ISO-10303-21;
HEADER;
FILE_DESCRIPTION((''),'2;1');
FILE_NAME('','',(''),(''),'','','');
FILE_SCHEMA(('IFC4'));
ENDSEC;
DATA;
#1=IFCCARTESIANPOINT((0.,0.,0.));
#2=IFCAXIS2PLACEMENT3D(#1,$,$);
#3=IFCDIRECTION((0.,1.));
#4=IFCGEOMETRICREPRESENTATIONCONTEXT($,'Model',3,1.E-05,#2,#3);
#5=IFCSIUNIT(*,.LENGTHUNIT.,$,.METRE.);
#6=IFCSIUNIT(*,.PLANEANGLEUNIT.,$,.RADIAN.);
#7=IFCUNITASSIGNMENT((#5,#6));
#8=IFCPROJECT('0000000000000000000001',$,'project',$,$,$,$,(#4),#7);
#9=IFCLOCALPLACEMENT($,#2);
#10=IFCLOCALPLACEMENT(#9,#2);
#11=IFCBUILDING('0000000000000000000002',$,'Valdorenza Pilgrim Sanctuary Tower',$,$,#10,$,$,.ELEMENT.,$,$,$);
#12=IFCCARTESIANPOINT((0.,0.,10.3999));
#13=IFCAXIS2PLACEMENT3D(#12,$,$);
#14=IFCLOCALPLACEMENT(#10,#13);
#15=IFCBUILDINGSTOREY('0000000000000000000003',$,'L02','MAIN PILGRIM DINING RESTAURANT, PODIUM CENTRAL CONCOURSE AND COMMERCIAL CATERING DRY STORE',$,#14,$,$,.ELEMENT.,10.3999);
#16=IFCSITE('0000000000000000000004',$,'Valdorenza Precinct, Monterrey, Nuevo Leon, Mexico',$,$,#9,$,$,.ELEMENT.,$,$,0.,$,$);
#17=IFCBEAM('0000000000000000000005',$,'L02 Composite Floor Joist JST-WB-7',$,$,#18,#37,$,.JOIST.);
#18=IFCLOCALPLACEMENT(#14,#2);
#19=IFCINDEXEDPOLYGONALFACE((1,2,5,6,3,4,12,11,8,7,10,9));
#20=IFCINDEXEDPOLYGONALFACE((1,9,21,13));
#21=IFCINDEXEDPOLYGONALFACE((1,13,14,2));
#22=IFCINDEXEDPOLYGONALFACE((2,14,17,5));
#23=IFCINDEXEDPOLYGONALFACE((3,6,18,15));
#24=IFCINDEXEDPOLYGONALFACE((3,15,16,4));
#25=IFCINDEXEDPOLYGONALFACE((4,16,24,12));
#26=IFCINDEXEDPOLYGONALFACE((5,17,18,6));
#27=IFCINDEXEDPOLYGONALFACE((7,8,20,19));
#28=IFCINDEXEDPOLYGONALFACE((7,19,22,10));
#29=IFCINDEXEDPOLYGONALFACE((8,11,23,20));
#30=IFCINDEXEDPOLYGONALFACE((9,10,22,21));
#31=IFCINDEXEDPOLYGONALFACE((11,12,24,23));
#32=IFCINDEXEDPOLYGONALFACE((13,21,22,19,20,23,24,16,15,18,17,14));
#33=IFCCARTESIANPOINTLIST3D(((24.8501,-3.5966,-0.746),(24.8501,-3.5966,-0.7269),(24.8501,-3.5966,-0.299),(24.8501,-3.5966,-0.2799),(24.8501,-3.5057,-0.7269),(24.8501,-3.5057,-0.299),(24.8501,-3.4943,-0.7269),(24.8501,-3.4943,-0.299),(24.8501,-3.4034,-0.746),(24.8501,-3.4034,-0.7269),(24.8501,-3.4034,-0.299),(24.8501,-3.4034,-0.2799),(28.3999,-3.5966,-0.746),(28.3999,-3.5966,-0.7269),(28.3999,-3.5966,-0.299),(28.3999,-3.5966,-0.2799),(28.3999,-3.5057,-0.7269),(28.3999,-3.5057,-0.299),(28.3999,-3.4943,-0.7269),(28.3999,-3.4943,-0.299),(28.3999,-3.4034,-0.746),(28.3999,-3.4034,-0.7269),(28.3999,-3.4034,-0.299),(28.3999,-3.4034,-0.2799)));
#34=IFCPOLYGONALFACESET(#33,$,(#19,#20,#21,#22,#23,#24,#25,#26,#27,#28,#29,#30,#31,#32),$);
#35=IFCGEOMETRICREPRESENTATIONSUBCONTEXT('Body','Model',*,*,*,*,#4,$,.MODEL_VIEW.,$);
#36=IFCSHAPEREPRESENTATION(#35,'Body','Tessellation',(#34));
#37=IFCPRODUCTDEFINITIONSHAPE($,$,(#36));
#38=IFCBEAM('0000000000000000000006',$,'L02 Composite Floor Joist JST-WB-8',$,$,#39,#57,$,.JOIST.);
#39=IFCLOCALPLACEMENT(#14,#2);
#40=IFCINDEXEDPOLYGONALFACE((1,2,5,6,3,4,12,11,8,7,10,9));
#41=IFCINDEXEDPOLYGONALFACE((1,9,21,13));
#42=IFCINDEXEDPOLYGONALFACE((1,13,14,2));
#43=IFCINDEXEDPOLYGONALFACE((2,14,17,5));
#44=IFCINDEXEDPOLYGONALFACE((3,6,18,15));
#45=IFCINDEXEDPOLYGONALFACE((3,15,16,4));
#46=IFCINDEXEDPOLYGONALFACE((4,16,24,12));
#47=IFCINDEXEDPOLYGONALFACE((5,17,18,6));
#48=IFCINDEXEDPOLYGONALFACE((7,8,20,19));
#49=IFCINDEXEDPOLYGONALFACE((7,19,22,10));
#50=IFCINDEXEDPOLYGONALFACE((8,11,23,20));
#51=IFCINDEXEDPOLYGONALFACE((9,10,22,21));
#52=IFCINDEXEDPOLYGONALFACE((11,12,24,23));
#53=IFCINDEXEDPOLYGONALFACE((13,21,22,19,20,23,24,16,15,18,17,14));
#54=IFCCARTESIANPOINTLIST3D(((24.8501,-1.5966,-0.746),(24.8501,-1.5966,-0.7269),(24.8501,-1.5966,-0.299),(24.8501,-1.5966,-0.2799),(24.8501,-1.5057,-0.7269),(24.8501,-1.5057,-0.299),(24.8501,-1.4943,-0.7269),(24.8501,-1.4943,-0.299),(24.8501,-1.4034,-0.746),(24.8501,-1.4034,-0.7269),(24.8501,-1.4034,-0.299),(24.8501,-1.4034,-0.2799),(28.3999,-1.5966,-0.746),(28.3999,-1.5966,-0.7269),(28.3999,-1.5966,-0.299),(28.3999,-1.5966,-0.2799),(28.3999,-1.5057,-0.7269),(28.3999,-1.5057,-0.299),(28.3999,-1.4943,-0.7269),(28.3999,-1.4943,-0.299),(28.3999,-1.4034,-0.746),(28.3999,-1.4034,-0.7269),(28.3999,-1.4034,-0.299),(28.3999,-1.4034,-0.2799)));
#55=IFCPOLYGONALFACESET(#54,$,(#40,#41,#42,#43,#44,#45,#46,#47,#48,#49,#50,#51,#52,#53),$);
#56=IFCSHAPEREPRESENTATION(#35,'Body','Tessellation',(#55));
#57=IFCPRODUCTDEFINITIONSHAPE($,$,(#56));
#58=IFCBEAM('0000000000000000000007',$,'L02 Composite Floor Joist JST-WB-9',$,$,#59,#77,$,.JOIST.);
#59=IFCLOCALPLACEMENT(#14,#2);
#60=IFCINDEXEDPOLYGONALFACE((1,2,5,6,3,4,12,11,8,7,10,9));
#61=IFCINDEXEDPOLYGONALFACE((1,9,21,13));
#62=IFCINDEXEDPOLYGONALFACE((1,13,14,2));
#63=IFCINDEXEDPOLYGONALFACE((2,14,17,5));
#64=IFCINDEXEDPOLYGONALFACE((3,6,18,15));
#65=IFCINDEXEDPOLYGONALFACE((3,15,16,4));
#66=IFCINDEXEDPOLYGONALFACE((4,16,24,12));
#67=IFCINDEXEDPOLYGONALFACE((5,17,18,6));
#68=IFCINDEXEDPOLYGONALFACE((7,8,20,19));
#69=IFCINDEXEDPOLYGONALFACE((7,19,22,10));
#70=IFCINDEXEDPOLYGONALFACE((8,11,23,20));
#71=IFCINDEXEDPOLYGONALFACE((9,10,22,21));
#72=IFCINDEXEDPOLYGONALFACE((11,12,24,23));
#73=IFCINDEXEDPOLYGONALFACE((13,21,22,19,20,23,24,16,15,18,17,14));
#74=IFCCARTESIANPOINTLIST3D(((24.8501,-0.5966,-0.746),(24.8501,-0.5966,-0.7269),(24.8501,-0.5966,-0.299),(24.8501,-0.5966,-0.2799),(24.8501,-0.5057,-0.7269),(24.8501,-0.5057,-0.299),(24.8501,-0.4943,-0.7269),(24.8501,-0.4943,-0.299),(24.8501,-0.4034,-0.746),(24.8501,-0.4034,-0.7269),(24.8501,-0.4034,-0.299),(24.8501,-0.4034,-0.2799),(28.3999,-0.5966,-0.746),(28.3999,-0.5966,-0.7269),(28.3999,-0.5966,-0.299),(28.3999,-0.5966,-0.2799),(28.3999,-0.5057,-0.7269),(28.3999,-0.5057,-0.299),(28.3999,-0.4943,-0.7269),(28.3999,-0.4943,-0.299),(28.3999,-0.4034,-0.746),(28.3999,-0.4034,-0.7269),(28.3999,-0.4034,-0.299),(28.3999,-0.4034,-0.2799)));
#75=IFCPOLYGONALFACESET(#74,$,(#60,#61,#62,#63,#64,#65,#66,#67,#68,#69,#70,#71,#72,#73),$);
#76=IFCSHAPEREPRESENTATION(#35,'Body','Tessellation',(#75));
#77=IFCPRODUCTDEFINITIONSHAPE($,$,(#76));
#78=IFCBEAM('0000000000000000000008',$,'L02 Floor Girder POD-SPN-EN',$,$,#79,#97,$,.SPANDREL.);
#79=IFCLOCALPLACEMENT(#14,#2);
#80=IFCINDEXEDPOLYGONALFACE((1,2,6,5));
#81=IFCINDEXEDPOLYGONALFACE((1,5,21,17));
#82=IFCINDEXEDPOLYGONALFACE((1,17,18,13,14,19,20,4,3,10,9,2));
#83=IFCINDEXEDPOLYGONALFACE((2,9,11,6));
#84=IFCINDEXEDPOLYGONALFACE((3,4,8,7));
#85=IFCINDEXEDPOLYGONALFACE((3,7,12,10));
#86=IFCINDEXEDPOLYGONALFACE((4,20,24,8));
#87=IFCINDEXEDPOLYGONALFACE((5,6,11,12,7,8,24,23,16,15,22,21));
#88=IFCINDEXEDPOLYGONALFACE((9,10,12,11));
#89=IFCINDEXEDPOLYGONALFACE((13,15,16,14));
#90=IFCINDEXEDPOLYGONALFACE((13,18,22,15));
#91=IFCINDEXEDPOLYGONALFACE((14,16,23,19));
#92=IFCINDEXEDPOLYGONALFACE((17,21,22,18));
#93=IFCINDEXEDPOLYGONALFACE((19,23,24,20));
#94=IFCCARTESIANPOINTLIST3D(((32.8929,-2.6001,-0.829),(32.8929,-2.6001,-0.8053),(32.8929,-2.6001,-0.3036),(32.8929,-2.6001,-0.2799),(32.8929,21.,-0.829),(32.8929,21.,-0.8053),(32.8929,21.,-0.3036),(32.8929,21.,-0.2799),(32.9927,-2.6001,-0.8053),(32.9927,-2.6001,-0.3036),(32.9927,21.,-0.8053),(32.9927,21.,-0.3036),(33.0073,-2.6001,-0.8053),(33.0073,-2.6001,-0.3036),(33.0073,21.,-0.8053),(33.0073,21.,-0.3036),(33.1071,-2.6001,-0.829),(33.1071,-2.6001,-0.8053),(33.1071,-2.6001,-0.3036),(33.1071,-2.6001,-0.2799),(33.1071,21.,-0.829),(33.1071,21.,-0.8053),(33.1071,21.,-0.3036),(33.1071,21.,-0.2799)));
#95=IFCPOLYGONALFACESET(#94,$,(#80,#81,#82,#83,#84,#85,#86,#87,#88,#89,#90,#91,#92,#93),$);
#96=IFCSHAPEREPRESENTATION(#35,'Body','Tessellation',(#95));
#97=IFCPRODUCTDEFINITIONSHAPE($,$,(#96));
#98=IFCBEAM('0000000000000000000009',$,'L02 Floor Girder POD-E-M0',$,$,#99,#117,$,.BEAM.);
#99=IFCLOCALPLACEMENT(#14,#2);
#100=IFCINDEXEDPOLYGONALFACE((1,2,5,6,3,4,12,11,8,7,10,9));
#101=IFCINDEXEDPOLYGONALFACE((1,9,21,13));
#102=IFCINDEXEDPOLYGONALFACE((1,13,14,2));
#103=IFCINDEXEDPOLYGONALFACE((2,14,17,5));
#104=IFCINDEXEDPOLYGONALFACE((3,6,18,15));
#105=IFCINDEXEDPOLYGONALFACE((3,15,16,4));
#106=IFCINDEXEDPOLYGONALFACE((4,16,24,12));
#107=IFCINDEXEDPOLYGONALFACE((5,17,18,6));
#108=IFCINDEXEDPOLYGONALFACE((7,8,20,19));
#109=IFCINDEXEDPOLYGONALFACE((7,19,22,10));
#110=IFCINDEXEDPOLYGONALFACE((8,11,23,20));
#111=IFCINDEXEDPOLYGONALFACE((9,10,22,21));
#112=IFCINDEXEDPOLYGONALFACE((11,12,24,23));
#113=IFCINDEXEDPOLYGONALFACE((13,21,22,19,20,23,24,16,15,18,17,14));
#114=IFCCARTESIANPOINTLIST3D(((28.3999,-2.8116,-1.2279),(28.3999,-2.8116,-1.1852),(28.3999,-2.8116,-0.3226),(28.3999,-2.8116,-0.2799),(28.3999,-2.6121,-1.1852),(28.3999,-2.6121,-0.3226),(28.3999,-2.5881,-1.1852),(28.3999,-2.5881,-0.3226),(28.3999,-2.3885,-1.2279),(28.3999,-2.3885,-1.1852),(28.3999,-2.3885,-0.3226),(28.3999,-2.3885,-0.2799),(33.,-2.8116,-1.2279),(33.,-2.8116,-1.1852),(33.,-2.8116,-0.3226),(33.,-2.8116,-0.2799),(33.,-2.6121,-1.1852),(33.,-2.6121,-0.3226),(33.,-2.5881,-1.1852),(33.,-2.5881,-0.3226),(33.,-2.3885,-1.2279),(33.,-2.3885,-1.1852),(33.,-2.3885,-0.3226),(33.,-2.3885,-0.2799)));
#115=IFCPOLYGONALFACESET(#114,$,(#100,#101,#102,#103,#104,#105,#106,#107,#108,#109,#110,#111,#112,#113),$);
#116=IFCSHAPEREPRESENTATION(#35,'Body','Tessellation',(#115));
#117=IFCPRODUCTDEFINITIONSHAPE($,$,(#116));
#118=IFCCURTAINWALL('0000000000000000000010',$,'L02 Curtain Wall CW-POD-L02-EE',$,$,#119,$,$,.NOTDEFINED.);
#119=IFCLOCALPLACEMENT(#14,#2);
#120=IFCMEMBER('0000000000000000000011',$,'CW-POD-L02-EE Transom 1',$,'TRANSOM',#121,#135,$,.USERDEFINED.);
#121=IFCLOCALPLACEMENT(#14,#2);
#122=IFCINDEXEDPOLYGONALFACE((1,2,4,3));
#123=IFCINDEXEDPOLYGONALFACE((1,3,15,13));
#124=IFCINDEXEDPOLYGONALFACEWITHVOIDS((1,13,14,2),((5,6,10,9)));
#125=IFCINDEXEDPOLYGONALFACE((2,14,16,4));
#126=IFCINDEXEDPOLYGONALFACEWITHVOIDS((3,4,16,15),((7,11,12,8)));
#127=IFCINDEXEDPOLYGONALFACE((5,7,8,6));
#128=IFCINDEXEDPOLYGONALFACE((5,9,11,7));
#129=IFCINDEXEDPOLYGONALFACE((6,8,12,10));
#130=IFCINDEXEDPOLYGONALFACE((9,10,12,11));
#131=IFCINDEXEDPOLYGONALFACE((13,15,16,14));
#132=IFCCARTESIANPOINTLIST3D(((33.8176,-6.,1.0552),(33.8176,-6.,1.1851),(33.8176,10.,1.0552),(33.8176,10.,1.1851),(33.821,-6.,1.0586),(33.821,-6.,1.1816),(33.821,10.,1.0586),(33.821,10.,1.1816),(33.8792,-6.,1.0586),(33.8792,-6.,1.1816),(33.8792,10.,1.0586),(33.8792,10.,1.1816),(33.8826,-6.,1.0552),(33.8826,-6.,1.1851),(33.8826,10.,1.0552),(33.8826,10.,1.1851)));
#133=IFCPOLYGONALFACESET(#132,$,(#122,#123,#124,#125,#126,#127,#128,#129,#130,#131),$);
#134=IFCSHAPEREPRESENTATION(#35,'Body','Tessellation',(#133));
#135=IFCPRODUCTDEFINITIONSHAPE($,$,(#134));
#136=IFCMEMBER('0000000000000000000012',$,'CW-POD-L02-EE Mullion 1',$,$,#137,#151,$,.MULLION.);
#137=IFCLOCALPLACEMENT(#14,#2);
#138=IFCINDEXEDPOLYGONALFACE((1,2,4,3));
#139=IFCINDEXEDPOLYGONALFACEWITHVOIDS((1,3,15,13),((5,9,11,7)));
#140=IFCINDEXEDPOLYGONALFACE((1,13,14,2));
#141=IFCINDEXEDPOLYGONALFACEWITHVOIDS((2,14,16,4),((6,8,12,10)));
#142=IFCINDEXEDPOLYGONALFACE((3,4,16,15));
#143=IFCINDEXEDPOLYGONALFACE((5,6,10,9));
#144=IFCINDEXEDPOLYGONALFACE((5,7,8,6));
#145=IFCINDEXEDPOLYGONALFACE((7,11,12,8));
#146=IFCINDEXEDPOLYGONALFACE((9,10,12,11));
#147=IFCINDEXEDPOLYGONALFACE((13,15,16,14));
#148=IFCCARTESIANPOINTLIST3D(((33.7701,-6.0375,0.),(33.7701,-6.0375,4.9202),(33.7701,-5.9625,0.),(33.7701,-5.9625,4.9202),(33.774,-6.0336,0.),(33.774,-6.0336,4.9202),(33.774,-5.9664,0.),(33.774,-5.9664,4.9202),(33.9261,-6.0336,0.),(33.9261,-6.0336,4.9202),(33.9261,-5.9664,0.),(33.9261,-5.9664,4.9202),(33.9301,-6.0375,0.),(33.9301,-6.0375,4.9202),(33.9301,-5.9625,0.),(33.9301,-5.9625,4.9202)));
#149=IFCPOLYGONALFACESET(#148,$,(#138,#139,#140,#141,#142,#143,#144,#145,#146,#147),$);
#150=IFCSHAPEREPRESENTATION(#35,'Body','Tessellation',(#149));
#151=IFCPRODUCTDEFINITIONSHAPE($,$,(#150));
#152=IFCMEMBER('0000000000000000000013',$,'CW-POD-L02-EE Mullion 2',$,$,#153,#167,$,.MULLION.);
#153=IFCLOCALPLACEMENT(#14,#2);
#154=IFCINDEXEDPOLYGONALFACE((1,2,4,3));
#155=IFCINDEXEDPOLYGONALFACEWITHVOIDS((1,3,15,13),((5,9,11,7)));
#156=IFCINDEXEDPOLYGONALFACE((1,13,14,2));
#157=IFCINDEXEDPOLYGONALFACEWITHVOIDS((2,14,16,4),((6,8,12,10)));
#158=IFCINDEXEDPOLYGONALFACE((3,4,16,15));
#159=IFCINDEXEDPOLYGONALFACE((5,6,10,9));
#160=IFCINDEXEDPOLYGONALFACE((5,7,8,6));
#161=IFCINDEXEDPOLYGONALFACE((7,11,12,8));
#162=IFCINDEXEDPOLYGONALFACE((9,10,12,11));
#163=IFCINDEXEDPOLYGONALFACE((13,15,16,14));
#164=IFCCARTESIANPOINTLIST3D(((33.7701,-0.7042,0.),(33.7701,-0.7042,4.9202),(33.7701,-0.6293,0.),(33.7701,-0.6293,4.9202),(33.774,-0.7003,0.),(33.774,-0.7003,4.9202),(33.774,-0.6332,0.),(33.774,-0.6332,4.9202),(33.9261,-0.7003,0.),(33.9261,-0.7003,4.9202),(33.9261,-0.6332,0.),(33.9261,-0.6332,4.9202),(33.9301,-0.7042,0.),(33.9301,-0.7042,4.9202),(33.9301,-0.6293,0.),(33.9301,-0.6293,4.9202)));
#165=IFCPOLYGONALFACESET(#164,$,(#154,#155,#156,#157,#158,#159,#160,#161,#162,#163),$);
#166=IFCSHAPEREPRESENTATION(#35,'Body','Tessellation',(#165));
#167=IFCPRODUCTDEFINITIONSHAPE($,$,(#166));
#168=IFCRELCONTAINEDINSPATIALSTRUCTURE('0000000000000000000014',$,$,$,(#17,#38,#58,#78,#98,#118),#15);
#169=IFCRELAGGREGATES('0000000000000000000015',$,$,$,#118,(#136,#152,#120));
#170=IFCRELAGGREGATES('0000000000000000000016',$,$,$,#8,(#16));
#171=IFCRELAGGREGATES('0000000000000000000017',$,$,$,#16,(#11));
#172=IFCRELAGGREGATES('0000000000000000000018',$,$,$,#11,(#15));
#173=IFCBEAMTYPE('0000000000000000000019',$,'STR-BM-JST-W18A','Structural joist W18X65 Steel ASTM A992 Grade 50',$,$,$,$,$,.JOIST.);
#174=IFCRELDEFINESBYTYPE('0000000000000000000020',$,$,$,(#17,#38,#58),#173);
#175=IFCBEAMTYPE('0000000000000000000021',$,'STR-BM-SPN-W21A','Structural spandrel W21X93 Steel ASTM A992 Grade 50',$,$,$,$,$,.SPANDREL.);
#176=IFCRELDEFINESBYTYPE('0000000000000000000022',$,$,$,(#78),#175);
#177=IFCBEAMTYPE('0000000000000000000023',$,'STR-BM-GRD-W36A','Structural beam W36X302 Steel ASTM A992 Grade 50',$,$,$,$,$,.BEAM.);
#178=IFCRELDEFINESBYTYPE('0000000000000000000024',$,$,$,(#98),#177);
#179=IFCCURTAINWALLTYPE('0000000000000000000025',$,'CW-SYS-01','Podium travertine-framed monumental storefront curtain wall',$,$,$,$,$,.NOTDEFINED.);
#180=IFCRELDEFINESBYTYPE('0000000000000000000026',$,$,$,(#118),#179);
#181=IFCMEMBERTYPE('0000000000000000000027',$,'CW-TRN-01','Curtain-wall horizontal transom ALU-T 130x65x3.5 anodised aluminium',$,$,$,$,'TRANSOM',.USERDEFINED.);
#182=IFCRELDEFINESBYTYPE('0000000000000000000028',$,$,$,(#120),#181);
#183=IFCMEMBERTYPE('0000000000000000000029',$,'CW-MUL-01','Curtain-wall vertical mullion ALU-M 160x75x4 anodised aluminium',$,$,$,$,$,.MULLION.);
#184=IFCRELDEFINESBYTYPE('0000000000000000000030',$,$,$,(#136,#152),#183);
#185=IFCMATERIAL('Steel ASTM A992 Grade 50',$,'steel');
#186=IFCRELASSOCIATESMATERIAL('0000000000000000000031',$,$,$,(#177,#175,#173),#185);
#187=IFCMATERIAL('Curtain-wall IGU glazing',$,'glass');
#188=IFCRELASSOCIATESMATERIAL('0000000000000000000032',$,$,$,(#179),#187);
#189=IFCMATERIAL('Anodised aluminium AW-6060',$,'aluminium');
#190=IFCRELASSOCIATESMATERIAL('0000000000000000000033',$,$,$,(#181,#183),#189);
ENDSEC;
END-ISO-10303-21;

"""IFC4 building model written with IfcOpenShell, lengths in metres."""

from ifc_helpers import new_model, si_unit, direction, frame, origin, origin_2d, place, context, subcontext, project, spatial, hollow_rectangle, i_section, extrude, source, transform, mapped, material, material_profile, profile_set, type_object, element, aggregate, save


model = new_model("IFC4")

# Units and contexts
model_context = context("Model", 3, precision=1e-05, world=origin(), true_north=direction((0.0, 1.0)))
body_context = subcontext(model_context, "Body", "Model", "MODEL_VIEW")
ifc_project = project(units=[si_unit("LENGTHUNIT", "METRE"), si_unit("PLANEANGLEUNIT", "RADIAN")], contexts=[model_context])

# Site, building, storey
site_placement = place(None, origin())
site = spatial("IfcSite", under=ifc_project, at=site_placement, Name="Valdorenza Precinct, Monterrey, Nuevo Leon, Mexico", CompositionType="ELEMENT", RefElevation=0.0)
building_placement = place(site_placement, origin())
building = spatial("IfcBuilding", under=site, at=building_placement, Name="Valdorenza Pilgrim Sanctuary Tower", CompositionType="ELEMENT")
storey_placement = place(building_placement, frame((0.0, 0.0, 10.3999)))
storey = spatial("IfcBuildingStorey", under=building, at=storey_placement, Name="L02", Description="MAIN PILGRIM DINING RESTAURANT, PODIUM CENTRAL CONCOURSE AND COMMERCIAL CATERING DRY STORE", CompositionType="ELEMENT", Elevation=10.3999)

# Beams
ifc_material_1 = material(Name="Steel ASTM A992 Grade 50", Category="steel")
ifc_material_profile_1 = material_profile(ifc_material_1, i_section(OverallWidth=0.4231, OverallDepth=0.948, WebThickness=0.0239, FlangeThickness=0.0427, at=origin_2d()), Name="W36X302")
ifc_profile_set_1 = profile_set([ifc_material_profile_1], Name="Steel ASTM A992 Grade 50")
beam_type_1 = type_object("IfcBeamType", Name="STR-BM-GRD-W36A", Description="Structural beam W36X302 Steel ASTM A992 Grade 50", PredefinedType="BEAM", material=ifc_profile_set_1)
ifc_material_profile_2 = material_profile(ifc_material_1, i_section(OverallWidth=0.2141, OverallDepth=0.5491, WebThickness=0.0146, FlangeThickness=0.0237, at=origin_2d()), Name="W21X93")
ifc_profile_set_2 = profile_set([ifc_material_profile_2], Name="Steel ASTM A992 Grade 50")
beam_type_2 = type_object("IfcBeamType", Name="STR-BM-SPN-W21A", Description="Structural spandrel W21X93 Steel ASTM A992 Grade 50", PredefinedType="SPANDREL", material=ifc_profile_set_2)
ifc_material_profile_3 = material_profile(ifc_material_1, i_section(OverallWidth=0.1931, OverallDepth=0.4661, WebThickness=0.0115, FlangeThickness=0.019, at=origin_2d()), Name="W18X65")
ifc_profile_set_3 = profile_set([ifc_material_profile_3], Name="Steel ASTM A992 Grade 50")
beam_type_3 = type_object("IfcBeamType", Name="STR-BM-JST-W18A", Description="Structural joist W18X65 Steel ASTM A992 Grade 50", PredefinedType="JOIST", material=ifc_profile_set_3)
shared_shape_1 = source(origin(), body_context, "Body", "SweptSolid", [
    extrude(i_section(OverallWidth=0.1931, OverallDepth=0.4661, WebThickness=0.0115, FlangeThickness=0.019, at=origin_2d()), origin(), (0.0, 0.0, 1.0), 3.5498),
])
for number, where, z_axis, x_axis, name in (
    (1, (24.8501, -3.5, -0.5129), (1.0, 0.0, 0.0), (0.0, 1.0, 0.0), "L02 Composite Floor Joist JST-WB-7"),
    (2, (24.8501, -1.5, -0.5129), (1.0, 0.0, 0.0), (0.0, 1.0, 0.0), "L02 Composite Floor Joist JST-WB-8"),
    (3, (24.8501, -0.5, -0.5129), (1.0, 0.0, 0.0), (0.0, 1.0, 0.0), "L02 Composite Floor Joist JST-WB-9"),
):
    element("IfcBeam", number, at=place(storey_placement, frame(where, z_axis=z_axis, x_axis=x_axis)), inside=storey, type_object=beam_type_3, Name=name, PredefinedType="JOIST", context=body_context, shape_type="MappedRepresentation", body=[
        mapped(shared_shape_1, transform((0.0, 0.0, 0.0), x_axis=(1.0, 0.0, 0.0), y_axis=(0.0, 1.0, 0.0), z_axis=(0.0, 0.0, 1.0), scale=1.0)),
    ])
shared_shape_2 = source(origin(), body_context, "Body", "SweptSolid", [
    extrude(i_section(OverallWidth=0.2141, OverallDepth=0.5491, WebThickness=0.0146, FlangeThickness=0.0237, at=origin_2d()), origin(), (0.0, 0.0, 1.0), 23.6001),
])
beam_1_placement = place(storey_placement, frame((33.0, -2.6001, -0.5544), z_axis=(0.0, 1.0, 0.0), x_axis=(-1.0, 0.0, 0.0)))
element("IfcBeam", 4, at=beam_1_placement, inside=storey, type_object=beam_type_2, Name="L02 Floor Girder POD-SPN-EN", PredefinedType="SPANDREL", context=body_context, shape_type="MappedRepresentation", body=[
    mapped(shared_shape_2, transform((0.0, 0.0, 0.0), x_axis=(1.0, 0.0, 0.0), y_axis=(0.0, 1.0, 0.0), z_axis=(0.0, 0.0, 1.0), scale=1.0)),
])
shared_shape_3 = source(origin(), body_context, "Body", "SweptSolid", [
    extrude(i_section(OverallWidth=0.4231, OverallDepth=0.948, WebThickness=0.0239, FlangeThickness=0.0427, at=origin_2d()), origin(), (0.0, 0.0, 1.0), 4.6001),
])
beam_2_placement = place(storey_placement, frame((28.3999, -2.6001, -0.7539), z_axis=(1.0, 0.0, 0.0), x_axis=(0.0, 1.0, 0.0)))
element("IfcBeam", 5, at=beam_2_placement, inside=storey, type_object=beam_type_1, Name="L02 Floor Girder POD-E-M0", PredefinedType="BEAM", context=body_context, shape_type="MappedRepresentation", body=[
    mapped(shared_shape_3, transform((0.0, 0.0, 0.0), x_axis=(1.0, 0.0, 0.0), y_axis=(0.0, 1.0, 0.0), z_axis=(0.0, 0.0, 1.0), scale=1.0)),
])

# Curtain wall, members
ifc_material_2 = material(Name="Curtain-wall IGU glazing", Category="glass")
curtain_wall_type = type_object("IfcCurtainWallType", Name="CW-SYS-01", Description="Podium travertine-framed monumental storefront curtain wall", PredefinedType="NOTDEFINED", material=ifc_material_2)
curtain_wall_placement = place(storey_placement, origin())
curtain_wall = element("IfcCurtainWall", 6, at=curtain_wall_placement, inside=storey, type_object=curtain_wall_type, Name="L02 Curtain Wall CW-POD-L02-EE", PredefinedType="NOTDEFINED")
ifc_material_3 = material(Name="Anodised aluminium AW-6060", Category="aluminium")
ifc_material_profile_4 = material_profile(ifc_material_3, hollow_rectangle(XDim=0.0649, YDim=0.1299, WallThickness=0.0034, at=origin_2d()), Name="ALU-T 130x65x3.5")
ifc_profile_set_4 = profile_set([ifc_material_profile_4], Name="Anodised aluminium AW-6060")
member_type_1 = type_object("IfcMemberType", Name="CW-TRN-01", Description="Curtain-wall horizontal transom ALU-T 130x65x3.5 anodised aluminium", ElementType="TRANSOM", PredefinedType="USERDEFINED", material=ifc_profile_set_4)
shared_shape_4 = source(origin(), body_context, "Body", "SweptSolid", [
    extrude(hollow_rectangle(XDim=0.0649, YDim=0.1299, WallThickness=0.0034, at=origin_2d()), origin(), (0.0, 0.0, 1.0), 16.0),
])
member_1_placement = place(storey_placement, frame((33.8501, -6.0, 1.1201), z_axis=(0.0, 1.0, 0.0), x_axis=(-1.0, 0.0, 0.0)))
member_1 = element("IfcMember", 7, at=member_1_placement, type_object=member_type_1, Name="CW-POD-L02-EE Transom 1", ObjectType="TRANSOM", PredefinedType="USERDEFINED", context=body_context, shape_type="MappedRepresentation", body=[
    mapped(shared_shape_4, transform((0.0, 0.0, 0.0), x_axis=(1.0, 0.0, 0.0), y_axis=(0.0, 1.0, 0.0), z_axis=(0.0, 0.0, 1.0), scale=1.0)),
])
ifc_material_profile_5 = material_profile(ifc_material_3, hollow_rectangle(XDim=0.075, YDim=0.1599, WallThickness=0.0039, at=origin_2d()), Name="ALU-M 160x75x4")
ifc_profile_set_5 = profile_set([ifc_material_profile_5], Name="Anodised aluminium AW-6060")
member_type_2 = type_object("IfcMemberType", Name="CW-MUL-01", Description="Curtain-wall vertical mullion ALU-M 160x75x4 anodised aluminium", PredefinedType="MULLION", material=ifc_profile_set_5)
shared_shape_5 = source(origin(), body_context, "Body", "SweptSolid", [
    extrude(hollow_rectangle(XDim=0.075, YDim=0.1599, WallThickness=0.0039, at=origin_2d()), origin(), (0.0, 0.0, 1.0), 4.9202),
])
member_2_placement = place(storey_placement, frame((33.8501, -6.0, 0.0), z_axis=(0.0, 0.0, 1.0), x_axis=(0.0, 1.0, 0.0)))
member_2 = element("IfcMember", 8, at=member_2_placement, type_object=member_type_2, Name="CW-POD-L02-EE Mullion 1", PredefinedType="MULLION", context=body_context, shape_type="MappedRepresentation", body=[
    mapped(shared_shape_5, transform((0.0, 0.0, 0.0), x_axis=(1.0, 0.0, 0.0), y_axis=(0.0, 1.0, 0.0), z_axis=(0.0, 0.0, 1.0), scale=1.0)),
])
member_3_placement = place(storey_placement, frame((33.8501, -0.6667, 0.0), z_axis=(0.0, 0.0, 1.0), x_axis=(0.0, 1.0, 0.0)))
member_3 = element("IfcMember", 9, at=member_3_placement, type_object=member_type_2, Name="CW-POD-L02-EE Mullion 2", PredefinedType="MULLION", context=body_context, shape_type="MappedRepresentation", body=[
    mapped(shared_shape_5, transform((0.0, 0.0, 0.0), x_axis=(1.0, 0.0, 0.0), y_axis=(0.0, 1.0, 0.0), z_axis=(0.0, 0.0, 1.0), scale=1.0)),
])
aggregate(curtain_wall, [member_2, member_3, member_1])

save(model, "model.ifc")
